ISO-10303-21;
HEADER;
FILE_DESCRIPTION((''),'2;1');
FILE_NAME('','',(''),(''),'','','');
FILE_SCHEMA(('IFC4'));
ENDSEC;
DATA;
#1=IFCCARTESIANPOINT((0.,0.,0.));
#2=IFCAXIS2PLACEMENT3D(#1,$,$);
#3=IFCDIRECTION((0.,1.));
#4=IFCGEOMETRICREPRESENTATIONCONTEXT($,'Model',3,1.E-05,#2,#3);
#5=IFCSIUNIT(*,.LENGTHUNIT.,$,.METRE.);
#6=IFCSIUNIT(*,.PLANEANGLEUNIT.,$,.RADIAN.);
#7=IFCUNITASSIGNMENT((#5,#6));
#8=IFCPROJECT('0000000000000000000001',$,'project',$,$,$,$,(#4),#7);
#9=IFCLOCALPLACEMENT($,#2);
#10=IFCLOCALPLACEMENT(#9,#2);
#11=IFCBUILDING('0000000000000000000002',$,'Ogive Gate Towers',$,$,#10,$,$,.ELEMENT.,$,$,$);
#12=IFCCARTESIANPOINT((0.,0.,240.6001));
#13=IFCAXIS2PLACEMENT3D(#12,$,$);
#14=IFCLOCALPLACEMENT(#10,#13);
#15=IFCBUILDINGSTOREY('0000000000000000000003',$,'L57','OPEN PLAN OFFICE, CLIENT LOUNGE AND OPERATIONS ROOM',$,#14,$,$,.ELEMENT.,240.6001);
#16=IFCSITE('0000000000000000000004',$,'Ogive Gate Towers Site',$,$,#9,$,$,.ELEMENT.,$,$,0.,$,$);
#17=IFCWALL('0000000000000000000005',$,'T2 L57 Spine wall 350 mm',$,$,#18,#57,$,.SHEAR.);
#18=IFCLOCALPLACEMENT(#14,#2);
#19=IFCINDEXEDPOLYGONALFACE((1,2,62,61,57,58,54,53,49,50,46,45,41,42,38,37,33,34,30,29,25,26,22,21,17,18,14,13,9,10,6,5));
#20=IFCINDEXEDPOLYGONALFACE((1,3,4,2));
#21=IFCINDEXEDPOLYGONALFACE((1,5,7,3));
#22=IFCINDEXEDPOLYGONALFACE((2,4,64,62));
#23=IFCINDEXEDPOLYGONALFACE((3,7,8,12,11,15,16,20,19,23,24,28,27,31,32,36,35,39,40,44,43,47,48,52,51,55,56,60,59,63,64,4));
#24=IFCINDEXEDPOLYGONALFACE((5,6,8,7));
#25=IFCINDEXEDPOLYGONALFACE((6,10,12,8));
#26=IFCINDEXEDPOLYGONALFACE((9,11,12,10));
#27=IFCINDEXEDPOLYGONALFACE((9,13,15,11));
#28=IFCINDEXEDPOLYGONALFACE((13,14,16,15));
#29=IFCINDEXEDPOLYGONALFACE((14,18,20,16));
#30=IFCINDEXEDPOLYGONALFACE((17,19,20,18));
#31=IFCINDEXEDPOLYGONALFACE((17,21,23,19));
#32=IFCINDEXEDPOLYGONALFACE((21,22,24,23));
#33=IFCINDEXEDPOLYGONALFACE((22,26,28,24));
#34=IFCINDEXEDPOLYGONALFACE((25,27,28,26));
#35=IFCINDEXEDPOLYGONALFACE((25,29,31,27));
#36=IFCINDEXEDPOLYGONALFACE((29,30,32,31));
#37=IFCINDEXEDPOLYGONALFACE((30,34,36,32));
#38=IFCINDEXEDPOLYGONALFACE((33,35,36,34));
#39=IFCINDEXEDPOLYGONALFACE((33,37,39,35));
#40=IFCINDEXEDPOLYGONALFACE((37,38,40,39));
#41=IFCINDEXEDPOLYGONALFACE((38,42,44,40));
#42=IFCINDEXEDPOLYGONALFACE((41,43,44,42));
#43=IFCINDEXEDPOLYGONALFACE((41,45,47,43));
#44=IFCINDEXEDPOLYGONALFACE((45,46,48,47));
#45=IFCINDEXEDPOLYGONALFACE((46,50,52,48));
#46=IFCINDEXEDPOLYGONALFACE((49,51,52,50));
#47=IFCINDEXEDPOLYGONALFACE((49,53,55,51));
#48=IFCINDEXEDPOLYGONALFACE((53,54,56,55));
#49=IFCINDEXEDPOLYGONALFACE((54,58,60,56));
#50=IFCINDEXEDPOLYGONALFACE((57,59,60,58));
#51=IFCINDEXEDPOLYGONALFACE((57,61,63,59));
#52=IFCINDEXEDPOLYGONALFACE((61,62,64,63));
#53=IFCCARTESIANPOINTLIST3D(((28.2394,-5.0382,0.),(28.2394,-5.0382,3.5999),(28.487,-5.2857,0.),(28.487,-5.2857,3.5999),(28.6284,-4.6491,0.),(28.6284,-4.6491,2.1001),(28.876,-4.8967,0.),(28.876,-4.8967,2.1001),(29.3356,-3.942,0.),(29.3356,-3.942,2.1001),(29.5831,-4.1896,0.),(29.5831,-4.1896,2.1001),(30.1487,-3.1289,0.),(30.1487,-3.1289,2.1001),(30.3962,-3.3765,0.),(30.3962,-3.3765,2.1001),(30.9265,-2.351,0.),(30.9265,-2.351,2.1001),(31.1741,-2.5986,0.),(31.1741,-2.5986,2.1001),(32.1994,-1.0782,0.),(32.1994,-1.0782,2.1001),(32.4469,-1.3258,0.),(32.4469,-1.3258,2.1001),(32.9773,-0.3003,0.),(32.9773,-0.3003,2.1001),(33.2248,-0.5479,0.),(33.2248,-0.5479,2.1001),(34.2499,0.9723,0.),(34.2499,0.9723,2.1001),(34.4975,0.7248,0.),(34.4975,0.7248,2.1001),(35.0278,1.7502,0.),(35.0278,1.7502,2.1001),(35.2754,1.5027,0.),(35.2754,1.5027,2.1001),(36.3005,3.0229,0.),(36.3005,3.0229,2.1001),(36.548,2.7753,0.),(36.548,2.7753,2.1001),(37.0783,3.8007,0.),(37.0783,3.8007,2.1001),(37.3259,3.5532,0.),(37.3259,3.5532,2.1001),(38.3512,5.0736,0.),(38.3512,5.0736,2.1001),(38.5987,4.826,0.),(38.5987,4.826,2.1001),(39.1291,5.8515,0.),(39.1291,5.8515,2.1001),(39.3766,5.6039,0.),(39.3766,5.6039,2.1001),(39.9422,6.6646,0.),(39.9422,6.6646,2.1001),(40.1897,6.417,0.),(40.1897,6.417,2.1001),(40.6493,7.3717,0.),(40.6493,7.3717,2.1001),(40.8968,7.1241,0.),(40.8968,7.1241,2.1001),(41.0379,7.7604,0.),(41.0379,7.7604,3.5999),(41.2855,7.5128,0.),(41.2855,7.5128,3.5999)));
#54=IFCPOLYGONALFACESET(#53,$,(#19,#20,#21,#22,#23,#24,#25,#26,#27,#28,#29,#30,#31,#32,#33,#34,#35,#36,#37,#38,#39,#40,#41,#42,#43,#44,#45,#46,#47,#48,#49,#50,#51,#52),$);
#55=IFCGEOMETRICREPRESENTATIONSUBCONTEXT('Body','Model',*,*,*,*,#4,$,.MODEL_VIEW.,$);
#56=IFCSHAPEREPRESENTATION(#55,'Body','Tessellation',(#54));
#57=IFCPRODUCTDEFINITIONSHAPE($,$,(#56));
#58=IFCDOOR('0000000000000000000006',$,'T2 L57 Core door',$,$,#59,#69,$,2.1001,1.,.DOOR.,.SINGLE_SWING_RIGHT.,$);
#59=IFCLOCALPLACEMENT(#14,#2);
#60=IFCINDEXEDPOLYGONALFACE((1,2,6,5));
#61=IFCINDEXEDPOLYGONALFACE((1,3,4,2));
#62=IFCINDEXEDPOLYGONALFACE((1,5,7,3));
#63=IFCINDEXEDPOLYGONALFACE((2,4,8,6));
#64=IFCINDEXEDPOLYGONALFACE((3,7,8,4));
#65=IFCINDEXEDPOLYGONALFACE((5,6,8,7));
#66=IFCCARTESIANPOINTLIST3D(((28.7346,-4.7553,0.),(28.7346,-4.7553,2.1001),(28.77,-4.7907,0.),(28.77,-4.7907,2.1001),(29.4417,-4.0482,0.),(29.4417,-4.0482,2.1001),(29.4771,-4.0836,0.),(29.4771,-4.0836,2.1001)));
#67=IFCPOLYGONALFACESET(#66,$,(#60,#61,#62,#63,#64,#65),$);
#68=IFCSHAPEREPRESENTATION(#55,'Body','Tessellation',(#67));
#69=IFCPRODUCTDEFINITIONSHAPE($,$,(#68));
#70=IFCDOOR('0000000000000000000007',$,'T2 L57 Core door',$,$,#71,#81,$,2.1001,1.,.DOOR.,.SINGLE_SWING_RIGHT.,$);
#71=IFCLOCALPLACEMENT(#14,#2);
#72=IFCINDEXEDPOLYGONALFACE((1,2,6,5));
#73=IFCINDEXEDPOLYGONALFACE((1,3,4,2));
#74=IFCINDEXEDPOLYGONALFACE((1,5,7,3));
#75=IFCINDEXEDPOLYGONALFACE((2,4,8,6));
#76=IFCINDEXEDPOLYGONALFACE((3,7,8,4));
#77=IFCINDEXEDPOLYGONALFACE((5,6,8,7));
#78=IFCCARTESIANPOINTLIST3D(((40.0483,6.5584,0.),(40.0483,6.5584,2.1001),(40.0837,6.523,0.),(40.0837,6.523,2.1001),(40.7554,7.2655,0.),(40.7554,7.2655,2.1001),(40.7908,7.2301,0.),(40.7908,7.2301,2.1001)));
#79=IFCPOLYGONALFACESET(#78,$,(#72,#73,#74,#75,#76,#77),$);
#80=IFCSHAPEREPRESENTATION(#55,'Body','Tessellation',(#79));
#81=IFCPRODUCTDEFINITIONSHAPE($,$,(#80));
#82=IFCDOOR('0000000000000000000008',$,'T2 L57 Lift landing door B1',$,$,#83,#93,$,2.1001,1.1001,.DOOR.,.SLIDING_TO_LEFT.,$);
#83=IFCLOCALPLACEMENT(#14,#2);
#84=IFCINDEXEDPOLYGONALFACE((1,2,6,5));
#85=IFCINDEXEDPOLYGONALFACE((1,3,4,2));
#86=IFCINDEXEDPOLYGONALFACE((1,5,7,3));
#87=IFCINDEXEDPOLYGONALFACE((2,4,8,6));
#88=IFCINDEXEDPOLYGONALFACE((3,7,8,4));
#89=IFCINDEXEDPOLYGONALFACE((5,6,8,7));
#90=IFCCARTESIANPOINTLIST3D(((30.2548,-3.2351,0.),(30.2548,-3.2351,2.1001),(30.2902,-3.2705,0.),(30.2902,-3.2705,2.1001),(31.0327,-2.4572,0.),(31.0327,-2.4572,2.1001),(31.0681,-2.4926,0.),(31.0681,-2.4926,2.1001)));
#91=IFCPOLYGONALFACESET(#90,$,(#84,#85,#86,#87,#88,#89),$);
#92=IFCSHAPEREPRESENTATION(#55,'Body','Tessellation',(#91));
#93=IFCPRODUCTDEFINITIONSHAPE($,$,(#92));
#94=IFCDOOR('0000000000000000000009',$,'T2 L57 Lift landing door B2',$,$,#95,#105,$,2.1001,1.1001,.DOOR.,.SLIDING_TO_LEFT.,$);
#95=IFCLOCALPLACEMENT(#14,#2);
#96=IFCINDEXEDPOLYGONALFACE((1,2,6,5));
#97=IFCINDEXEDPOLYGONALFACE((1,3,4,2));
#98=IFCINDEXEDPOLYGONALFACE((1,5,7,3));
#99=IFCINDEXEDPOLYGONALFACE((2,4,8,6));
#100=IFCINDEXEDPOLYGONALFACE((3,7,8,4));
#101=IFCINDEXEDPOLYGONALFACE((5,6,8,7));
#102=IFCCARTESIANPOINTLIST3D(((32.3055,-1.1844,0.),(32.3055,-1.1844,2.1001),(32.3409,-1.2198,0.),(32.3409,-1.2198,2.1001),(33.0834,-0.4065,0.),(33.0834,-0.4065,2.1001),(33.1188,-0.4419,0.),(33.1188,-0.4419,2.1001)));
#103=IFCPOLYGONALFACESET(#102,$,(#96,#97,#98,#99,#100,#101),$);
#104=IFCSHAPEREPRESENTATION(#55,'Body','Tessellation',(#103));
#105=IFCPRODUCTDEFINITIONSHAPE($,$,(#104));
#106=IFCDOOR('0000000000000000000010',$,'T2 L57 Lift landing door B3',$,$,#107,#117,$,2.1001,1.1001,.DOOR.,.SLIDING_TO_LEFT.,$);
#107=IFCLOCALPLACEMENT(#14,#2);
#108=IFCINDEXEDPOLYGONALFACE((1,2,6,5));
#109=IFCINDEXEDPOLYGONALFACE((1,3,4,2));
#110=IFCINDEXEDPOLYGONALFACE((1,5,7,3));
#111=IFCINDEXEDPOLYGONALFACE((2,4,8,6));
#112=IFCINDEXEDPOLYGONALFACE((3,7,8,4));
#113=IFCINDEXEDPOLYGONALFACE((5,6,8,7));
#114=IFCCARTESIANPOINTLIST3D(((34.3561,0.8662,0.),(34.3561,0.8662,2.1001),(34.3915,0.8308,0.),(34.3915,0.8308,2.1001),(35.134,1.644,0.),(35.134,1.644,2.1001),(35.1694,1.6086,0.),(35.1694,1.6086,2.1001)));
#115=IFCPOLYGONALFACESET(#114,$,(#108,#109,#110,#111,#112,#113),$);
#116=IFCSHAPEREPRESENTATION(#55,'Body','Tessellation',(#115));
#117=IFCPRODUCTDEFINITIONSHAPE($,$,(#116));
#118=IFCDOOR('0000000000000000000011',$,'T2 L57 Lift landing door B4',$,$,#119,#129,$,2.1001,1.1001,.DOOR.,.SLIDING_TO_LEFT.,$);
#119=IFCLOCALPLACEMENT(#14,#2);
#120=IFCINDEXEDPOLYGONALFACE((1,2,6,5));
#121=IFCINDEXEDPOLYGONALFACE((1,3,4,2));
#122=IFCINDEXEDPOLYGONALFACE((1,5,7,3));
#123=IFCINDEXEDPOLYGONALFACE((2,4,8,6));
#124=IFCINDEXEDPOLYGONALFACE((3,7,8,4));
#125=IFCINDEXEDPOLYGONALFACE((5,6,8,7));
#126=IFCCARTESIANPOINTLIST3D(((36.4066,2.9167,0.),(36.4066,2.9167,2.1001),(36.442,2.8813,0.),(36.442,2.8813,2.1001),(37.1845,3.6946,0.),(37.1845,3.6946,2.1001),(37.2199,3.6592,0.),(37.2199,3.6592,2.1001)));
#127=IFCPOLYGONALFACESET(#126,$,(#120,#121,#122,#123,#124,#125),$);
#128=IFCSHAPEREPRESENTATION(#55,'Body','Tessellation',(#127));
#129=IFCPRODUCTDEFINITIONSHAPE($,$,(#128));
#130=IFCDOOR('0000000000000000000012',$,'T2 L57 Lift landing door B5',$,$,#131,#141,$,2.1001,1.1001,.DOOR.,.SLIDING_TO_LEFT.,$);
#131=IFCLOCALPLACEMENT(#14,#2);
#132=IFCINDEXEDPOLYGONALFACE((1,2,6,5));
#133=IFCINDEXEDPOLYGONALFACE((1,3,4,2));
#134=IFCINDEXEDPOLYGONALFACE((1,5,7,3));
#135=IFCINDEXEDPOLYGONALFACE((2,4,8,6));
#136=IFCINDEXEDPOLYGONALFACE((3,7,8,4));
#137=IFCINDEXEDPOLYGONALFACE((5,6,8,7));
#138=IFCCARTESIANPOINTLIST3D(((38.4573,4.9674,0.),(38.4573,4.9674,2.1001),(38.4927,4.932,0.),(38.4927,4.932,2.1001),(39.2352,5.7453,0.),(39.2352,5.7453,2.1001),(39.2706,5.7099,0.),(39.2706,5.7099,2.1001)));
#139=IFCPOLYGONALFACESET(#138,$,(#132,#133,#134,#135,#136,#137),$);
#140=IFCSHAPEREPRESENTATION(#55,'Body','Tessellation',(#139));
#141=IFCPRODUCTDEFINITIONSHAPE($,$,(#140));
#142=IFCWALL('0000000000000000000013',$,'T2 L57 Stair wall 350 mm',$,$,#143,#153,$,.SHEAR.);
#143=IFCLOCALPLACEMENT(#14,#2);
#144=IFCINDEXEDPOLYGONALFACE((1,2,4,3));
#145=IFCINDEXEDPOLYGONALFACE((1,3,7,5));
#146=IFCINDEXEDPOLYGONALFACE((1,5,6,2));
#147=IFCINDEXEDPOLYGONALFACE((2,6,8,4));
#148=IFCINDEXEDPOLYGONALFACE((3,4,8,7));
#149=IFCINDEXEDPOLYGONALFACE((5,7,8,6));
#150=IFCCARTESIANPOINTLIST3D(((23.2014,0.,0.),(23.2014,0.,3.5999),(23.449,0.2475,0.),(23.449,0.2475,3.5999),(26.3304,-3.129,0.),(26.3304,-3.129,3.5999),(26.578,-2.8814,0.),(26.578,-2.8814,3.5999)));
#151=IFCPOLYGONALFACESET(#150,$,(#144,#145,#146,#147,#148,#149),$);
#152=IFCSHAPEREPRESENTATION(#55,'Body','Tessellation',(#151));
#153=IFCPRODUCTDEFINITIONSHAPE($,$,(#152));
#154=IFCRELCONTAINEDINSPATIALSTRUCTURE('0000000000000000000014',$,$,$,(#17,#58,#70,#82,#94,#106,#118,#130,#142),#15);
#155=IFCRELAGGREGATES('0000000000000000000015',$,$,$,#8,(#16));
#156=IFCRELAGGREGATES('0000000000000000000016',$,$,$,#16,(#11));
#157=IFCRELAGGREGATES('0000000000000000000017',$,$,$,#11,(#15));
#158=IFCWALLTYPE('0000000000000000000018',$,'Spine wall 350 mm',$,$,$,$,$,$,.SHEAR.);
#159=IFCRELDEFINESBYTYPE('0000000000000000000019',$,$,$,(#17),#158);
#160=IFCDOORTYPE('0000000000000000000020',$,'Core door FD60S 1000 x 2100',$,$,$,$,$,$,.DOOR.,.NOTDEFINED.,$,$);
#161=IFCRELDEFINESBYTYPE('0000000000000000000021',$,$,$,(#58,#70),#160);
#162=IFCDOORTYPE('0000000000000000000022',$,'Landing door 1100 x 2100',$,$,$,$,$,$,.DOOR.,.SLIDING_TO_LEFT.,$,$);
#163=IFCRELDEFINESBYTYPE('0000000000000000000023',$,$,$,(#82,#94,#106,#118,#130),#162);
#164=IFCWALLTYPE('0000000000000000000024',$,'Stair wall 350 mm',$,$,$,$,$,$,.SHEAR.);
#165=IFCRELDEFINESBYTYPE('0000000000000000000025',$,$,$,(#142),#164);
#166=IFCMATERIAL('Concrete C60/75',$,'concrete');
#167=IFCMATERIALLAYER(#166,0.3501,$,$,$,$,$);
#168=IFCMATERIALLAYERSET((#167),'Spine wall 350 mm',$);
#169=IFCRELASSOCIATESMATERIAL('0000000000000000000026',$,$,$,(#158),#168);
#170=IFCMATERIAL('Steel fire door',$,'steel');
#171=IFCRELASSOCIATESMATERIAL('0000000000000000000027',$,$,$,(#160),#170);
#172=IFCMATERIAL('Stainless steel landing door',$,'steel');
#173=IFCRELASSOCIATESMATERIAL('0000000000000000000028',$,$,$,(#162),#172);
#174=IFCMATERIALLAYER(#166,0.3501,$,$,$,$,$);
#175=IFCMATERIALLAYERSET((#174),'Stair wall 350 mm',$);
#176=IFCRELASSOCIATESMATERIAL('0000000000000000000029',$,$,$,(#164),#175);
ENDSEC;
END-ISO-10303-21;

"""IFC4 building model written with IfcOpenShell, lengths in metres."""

from ifc_helpers import new_model, si_unit, direction, frame, frame_2d, origin, place, context, subcontext, project, spatial, rectangle, extrude, material, layer, layer_set, type_object, element, fill, save


model = new_model("IFC4")

# Units and contexts
model_context = context("Model", 3, precision=1e-05, world=origin(), true_north=direction((0.0, 1.0)))
body_context = subcontext(model_context, "Body", "Model", "MODEL_VIEW")
ifc_project = project(units=[si_unit("LENGTHUNIT", "METRE"), si_unit("PLANEANGLEUNIT", "RADIAN")], contexts=[model_context])

# Site, building, storey
site_placement = place(None, origin())
site = spatial("IfcSite", under=ifc_project, at=site_placement, Name="Ogive Gate Towers Site", CompositionType="ELEMENT", RefElevation=0.0)
building_placement = place(site_placement, origin())
building = spatial("IfcBuilding", under=site, at=building_placement, Name="Ogive Gate Towers", CompositionType="ELEMENT")
storey_placement = place(building_placement, frame((0.0, 0.0, 240.6001)))
storey = spatial("IfcBuildingStorey", under=building, at=storey_placement, Name="L57", Description="OPEN PLAN OFFICE, CLIENT LOUNGE AND OPERATIONS ROOM", CompositionType="ELEMENT", Elevation=240.6001)

# Shared definitions
ifc_material_1 = material(Name="Concrete C60/75", Category="concrete")

# Wall, openings, doors
ifc_layer_1 = layer(ifc_material_1, 0.3501)
ifc_layer_set_1 = layer_set([ifc_layer_1], Name="Spine wall 350 mm")
wall_type_1 = type_object("IfcWallType", Name="Spine wall 350 mm", PredefinedType="SHEAR", material=ifc_layer_set_1)
ifc_material_2 = material(Name="Steel fire door", Category="steel")
door_type_1 = type_object("IfcDoorType", Name="Core door FD60S 1000 x 2100", OperationType="NOTDEFINED", PredefinedType="DOOR", material=ifc_material_2)
ifc_material_3 = material(Name="Stainless steel landing door", Category="steel")
door_type_2 = type_object("IfcDoorType", Name="Landing door 1100 x 2100", OperationType="SLIDING_TO_LEFT", PredefinedType="DOOR", material=ifc_material_3)
wall_1_placement = place(storey_placement, frame((28.3633, -5.1619, 0.0), z_axis=(0.0, 0.0, 1.0), x_axis=(0.707107, 0.707107, 0.0)))
wall_1 = element("IfcWall", 1, at=wall_1_placement, inside=storey, type_object=wall_type_1, Name="T2 L57 Spine wall 350 mm", PredefinedType="SHEAR", context=body_context, shape_type="SweptSolid", body=[
    extrude(rectangle(XDim=18.0999, YDim=0.3501, at=frame_2d((9.0498, 0.0))), origin(), (0.0, 0.0, 1.0), 3.5999),
])
opening_1_placement = place(wall_1_placement, frame((0.55, 0.0, 0.0)))
opening_1 = element("IfcOpeningElement", 2, at=opening_1_placement, cuts=wall_1, PredefinedType="OPENING", context=body_context, shape_type="SweptSolid", body=[
    extrude(rectangle(XDim=1.0, YDim=2.1001, at=frame_2d((0.5, 1.05))), frame((0.0, 0.1851, 0.0), z_axis=(0.0, -1.0, 0.0), x_axis=(1.0, 0.0, 0.0)), (0.0, 0.0, 1.0), 0.3701),
])
opening_2_placement = place(wall_1_placement, frame((2.7, 0.0, 0.0)))
opening_2 = element("IfcOpeningElement", 3, at=opening_2_placement, cuts=wall_1, PredefinedType="OPENING", context=body_context, shape_type="SweptSolid", body=[
    extrude(rectangle(XDim=1.1001, YDim=2.1001, at=frame_2d((0.55, 1.05))), frame((0.0, 0.1851, 0.0), z_axis=(0.0, -1.0, 0.0), x_axis=(1.0, 0.0, 0.0)), (0.0, 0.0, 1.0), 0.3701),
])
opening_3_placement = place(wall_1_placement, frame((5.6001, 0.0, 0.0)))
opening_3 = element("IfcOpeningElement", 4, at=opening_3_placement, cuts=wall_1, PredefinedType="OPENING", context=body_context, shape_type="SweptSolid", body=[
    extrude(rectangle(XDim=1.1001, YDim=2.1001, at=frame_2d((0.55, 1.05))), frame((0.0, 0.1851, 0.0), z_axis=(0.0, -1.0, 0.0), x_axis=(1.0, 0.0, 0.0)), (0.0, 0.0, 1.0), 0.3701),
])
opening_4_placement = place(wall_1_placement, frame((8.5, 0.0, 0.0)))
opening_4 = element("IfcOpeningElement", 5, at=opening_4_placement, cuts=wall_1, PredefinedType="OPENING", context=body_context, shape_type="SweptSolid", body=[
    extrude(rectangle(XDim=1.1001, YDim=2.1001, at=frame_2d((0.55, 1.05))), frame((0.0, 0.1851, 0.0), z_axis=(0.0, -1.0, 0.0), x_axis=(1.0, 0.0, 0.0)), (0.0, 0.0, 1.0), 0.3701),
])
opening_5_placement = place(wall_1_placement, frame((11.3999, 0.0, 0.0)))
opening_5 = element("IfcOpeningElement", 6, at=opening_5_placement, cuts=wall_1, PredefinedType="OPENING", context=body_context, shape_type="SweptSolid", body=[
    extrude(rectangle(XDim=1.1001, YDim=2.1001, at=frame_2d((0.55, 1.05))), frame((0.0, 0.1851, 0.0), z_axis=(0.0, -1.0, 0.0), x_axis=(1.0, 0.0, 0.0)), (0.0, 0.0, 1.0), 0.3701),
])
opening_6_placement = place(wall_1_placement, frame((14.3, 0.0, 0.0)))
opening_6 = element("IfcOpeningElement", 7, at=opening_6_placement, cuts=wall_1, PredefinedType="OPENING", context=body_context, shape_type="SweptSolid", body=[
    extrude(rectangle(XDim=1.1001, YDim=2.1001, at=frame_2d((0.55, 1.05))), frame((0.0, 0.1851, 0.0), z_axis=(0.0, -1.0, 0.0), x_axis=(1.0, 0.0, 0.0)), (0.0, 0.0, 1.0), 0.3701),
])
opening_7_placement = place(wall_1_placement, frame((16.55, 0.0, 0.0)))
opening_7 = element("IfcOpeningElement", 8, at=opening_7_placement, cuts=wall_1, PredefinedType="OPENING", context=body_context, shape_type="SweptSolid", body=[
    extrude(rectangle(XDim=1.0, YDim=2.1001, at=frame_2d((0.5, 1.05))), frame((0.0, 0.1851, 0.0), z_axis=(0.0, -1.0, 0.0), x_axis=(1.0, 0.0, 0.0)), (0.0, 0.0, 1.0), 0.3701),
])
door_1_placement = place(opening_1_placement, origin())
door_1 = element("IfcDoor", 9, at=door_1_placement, inside=storey, type_object=door_type_1, Name="T2 L57 Core door", OperationType="SINGLE_SWING_RIGHT", OverallHeight=2.1001, OverallWidth=1.0, PredefinedType="DOOR", context=body_context, shape_type="SweptSolid", body=[
    extrude(rectangle(XDim=1.0, YDim=2.1001, at=frame_2d((0.5, 1.05))), frame((0.0, 0.0249, 0.0), z_axis=(0.0, -1.0, 0.0), x_axis=(1.0, 0.0, 0.0)), (0.0, 0.0, 1.0), 0.05),
])
fill(opening_1, door_1)
door_2_placement = place(opening_7_placement, origin())
door_2 = element("IfcDoor", 10, at=door_2_placement, inside=storey, type_object=door_type_1, Name="T2 L57 Core door", OperationType="SINGLE_SWING_RIGHT", OverallHeight=2.1001, OverallWidth=1.0, PredefinedType="DOOR", context=body_context, shape_type="SweptSolid", body=[
    extrude(rectangle(XDim=1.0, YDim=2.1001, at=frame_2d((0.5, 1.05))), frame((0.0, 0.0249, 0.0), z_axis=(0.0, -1.0, 0.0), x_axis=(1.0, 0.0, 0.0)), (0.0, 0.0, 1.0), 0.05),
])
fill(opening_7, door_2)
door_3_placement = place(opening_2_placement, origin())
door_3 = element("IfcDoor", 11, at=door_3_placement, inside=storey, type_object=door_type_2, Name="T2 L57 Lift landing door B1", OperationType="SLIDING_TO_LEFT", OverallHeight=2.1001, OverallWidth=1.1001, PredefinedType="DOOR", context=body_context, shape_type="SweptSolid", body=[
    extrude(rectangle(XDim=1.1001, YDim=2.1001, at=frame_2d((0.55, 1.05))), frame((0.0, 0.0249, 0.0), z_axis=(0.0, -1.0, 0.0), x_axis=(1.0, 0.0, 0.0)), (0.0, 0.0, 1.0), 0.05),
])
fill(opening_2, door_3)
door_4_placement = place(opening_3_placement, origin())
door_4 = element("IfcDoor", 12, at=door_4_placement, inside=storey, type_object=door_type_2, Name="T2 L57 Lift landing door B2", OperationType="SLIDING_TO_LEFT", OverallHeight=2.1001, OverallWidth=1.1001, PredefinedType="DOOR", context=body_context, shape_type="SweptSolid", body=[
    extrude(rectangle(XDim=1.1001, YDim=2.1001, at=frame_2d((0.55, 1.05))), frame((0.0, 0.0249, 0.0), z_axis=(0.0, -1.0, 0.0), x_axis=(1.0, 0.0, 0.0)), (0.0, 0.0, 1.0), 0.05),
])
fill(opening_3, door_4)
door_5_placement = place(opening_4_placement, origin())
door_5 = element("IfcDoor", 13, at=door_5_placement, inside=storey, type_object=door_type_2, Name="T2 L57 Lift landing door B3", OperationType="SLIDING_TO_LEFT", OverallHeight=2.1001, OverallWidth=1.1001, PredefinedType="DOOR", context=body_context, shape_type="SweptSolid", body=[
    extrude(rectangle(XDim=1.1001, YDim=2.1001, at=frame_2d((0.55, 1.05))), frame((0.0, 0.0249, 0.0), z_axis=(0.0, -1.0, 0.0), x_axis=(1.0, 0.0, 0.0)), (0.0, 0.0, 1.0), 0.05),
])
fill(opening_4, door_5)
door_6_placement = place(opening_5_placement, origin())
door_6 = element("IfcDoor", 14, at=door_6_placement, inside=storey, type_object=door_type_2, Name="T2 L57 Lift landing door B4", OperationType="SLIDING_TO_LEFT", OverallHeight=2.1001, OverallWidth=1.1001, PredefinedType="DOOR", context=body_context, shape_type="SweptSolid", body=[
    extrude(rectangle(XDim=1.1001, YDim=2.1001, at=frame_2d((0.55, 1.05))), frame((0.0, 0.0249, 0.0), z_axis=(0.0, -1.0, 0.0), x_axis=(1.0, 0.0, 0.0)), (0.0, 0.0, 1.0), 0.05),
])
fill(opening_5, door_6)
door_7_placement = place(opening_6_placement, origin())
door_7 = element("IfcDoor", 15, at=door_7_placement, inside=storey, type_object=door_type_2, Name="T2 L57 Lift landing door B5", OperationType="SLIDING_TO_LEFT", OverallHeight=2.1001, OverallWidth=1.1001, PredefinedType="DOOR", context=body_context, shape_type="SweptSolid", body=[
    extrude(rectangle(XDim=1.1001, YDim=2.1001, at=frame_2d((0.55, 1.05))), frame((0.0, 0.0249, 0.0), z_axis=(0.0, -1.0, 0.0), x_axis=(1.0, 0.0, 0.0)), (0.0, 0.0, 1.0), 0.05),
])
fill(opening_6, door_7)

# Wall
ifc_layer_2 = layer(ifc_material_1, 0.3501)
ifc_layer_set_2 = layer_set([ifc_layer_2], Name="Stair wall 350 mm")
wall_type_2 = type_object("IfcWallType", Name="Stair wall 350 mm", PredefinedType="SHEAR", material=ifc_layer_set_2)
wall_2_placement = place(storey_placement, frame((26.4541, -3.0051, 0.0), z_axis=(0.0, 0.0, 1.0), x_axis=(-0.707107, 0.707107, 0.0)))
element("IfcWall", 16, at=wall_2_placement, inside=storey, type_object=wall_type_2, Name="T2 L57 Stair wall 350 mm", PredefinedType="SHEAR", context=body_context, shape_type="SweptSolid", body=[
    extrude(rectangle(XDim=4.425, YDim=0.3501, at=frame_2d((2.2124, 0.0))), origin(), (0.0, 0.0, 1.0), 3.5999),
])

save(model, "model.ifc")
